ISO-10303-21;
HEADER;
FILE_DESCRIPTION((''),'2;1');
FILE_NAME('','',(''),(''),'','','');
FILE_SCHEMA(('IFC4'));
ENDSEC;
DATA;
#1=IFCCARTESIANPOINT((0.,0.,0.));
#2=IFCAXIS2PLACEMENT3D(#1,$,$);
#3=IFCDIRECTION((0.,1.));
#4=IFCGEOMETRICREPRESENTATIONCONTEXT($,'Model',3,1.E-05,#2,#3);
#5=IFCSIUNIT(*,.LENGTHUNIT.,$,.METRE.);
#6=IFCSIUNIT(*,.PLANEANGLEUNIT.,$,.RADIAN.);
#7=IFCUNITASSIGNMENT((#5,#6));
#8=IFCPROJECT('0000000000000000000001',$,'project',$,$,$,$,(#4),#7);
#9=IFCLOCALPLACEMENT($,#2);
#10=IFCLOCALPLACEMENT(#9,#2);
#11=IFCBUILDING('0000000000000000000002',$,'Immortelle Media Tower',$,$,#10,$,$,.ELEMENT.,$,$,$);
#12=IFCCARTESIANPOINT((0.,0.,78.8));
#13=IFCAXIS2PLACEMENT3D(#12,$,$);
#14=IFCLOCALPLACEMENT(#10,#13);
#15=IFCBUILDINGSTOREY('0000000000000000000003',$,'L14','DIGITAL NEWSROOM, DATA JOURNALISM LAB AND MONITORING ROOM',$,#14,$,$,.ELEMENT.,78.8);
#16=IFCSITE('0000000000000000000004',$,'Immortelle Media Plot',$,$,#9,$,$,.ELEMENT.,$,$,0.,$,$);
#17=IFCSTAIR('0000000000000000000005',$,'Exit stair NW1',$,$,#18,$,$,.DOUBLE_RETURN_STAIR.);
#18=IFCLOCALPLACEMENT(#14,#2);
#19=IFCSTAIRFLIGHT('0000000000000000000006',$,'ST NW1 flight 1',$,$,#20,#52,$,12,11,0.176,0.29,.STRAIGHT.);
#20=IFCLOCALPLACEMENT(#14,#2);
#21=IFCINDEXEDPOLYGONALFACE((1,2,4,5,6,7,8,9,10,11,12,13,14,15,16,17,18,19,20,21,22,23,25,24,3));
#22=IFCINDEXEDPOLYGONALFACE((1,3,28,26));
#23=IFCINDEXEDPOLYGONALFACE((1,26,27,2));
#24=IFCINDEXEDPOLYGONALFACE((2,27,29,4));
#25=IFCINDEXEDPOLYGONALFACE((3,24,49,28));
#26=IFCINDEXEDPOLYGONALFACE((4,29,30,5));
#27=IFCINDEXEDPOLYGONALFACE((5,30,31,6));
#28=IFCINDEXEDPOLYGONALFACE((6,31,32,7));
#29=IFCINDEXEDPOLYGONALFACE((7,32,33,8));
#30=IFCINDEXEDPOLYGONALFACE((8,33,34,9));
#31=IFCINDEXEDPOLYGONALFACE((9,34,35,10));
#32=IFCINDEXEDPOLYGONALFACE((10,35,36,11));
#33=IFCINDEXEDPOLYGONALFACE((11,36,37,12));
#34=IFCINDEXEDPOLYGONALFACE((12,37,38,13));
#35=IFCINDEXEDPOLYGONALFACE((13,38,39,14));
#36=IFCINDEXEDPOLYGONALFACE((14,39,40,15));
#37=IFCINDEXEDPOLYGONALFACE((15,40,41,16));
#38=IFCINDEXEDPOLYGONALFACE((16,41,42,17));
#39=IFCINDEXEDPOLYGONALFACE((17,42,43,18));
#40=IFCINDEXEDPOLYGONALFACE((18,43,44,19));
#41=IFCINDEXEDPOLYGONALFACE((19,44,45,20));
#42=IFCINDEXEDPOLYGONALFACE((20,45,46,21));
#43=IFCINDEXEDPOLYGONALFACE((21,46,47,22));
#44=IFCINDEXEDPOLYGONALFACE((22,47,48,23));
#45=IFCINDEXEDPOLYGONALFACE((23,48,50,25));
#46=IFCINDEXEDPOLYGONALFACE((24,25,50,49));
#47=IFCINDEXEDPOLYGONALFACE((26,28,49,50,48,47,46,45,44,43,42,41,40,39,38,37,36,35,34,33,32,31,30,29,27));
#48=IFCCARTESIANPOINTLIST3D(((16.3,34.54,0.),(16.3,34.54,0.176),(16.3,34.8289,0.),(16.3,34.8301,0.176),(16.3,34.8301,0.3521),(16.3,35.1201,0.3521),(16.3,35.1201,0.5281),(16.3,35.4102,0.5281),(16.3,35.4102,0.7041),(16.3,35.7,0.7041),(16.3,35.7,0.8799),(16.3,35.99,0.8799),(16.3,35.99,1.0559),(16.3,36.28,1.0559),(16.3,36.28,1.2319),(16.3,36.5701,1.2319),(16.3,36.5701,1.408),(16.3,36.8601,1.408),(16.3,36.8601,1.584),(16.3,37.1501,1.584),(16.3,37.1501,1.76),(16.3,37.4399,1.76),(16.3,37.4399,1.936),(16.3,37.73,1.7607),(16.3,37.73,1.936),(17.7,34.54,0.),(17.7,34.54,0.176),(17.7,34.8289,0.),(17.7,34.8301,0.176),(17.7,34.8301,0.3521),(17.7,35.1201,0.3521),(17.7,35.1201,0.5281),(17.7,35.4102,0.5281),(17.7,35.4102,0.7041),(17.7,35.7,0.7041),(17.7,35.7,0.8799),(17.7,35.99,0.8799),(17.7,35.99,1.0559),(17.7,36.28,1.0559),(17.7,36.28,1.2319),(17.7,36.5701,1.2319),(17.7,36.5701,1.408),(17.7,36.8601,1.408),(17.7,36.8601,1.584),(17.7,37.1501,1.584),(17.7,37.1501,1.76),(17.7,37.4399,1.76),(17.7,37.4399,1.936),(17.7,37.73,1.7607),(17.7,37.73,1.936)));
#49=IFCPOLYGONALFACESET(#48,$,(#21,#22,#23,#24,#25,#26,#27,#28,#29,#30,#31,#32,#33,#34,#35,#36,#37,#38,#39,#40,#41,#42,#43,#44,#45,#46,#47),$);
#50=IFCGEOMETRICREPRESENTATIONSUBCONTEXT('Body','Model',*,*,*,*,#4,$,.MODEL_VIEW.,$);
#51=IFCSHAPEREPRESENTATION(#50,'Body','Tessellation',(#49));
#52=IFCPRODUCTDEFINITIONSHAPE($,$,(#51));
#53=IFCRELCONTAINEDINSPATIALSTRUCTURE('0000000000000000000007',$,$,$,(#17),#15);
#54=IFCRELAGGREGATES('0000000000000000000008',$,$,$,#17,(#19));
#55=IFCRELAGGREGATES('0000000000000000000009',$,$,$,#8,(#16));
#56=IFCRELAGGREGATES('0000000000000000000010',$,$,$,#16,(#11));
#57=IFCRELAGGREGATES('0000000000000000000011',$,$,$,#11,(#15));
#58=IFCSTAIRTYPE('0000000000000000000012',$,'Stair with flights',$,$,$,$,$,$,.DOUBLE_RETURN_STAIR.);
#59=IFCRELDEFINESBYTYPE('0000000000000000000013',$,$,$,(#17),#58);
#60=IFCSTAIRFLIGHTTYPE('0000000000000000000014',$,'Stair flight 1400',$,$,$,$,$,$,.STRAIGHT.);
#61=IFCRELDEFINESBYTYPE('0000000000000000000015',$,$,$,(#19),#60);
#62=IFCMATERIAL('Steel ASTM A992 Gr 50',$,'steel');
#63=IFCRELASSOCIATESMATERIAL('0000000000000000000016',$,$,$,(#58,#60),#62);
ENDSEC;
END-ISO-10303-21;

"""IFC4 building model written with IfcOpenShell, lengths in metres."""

from ifc_helpers import new_model, si_unit, direction, frame, origin, place, context, subcontext, project, spatial, polyline, outline, extrude, material, type_object, element, aggregate, save


model = new_model("IFC4")

# Units and contexts
model_context = context("Model", 3, precision=1e-05, world=origin(), true_north=direction((0.0, 1.0)))
body_context = subcontext(model_context, "Body", "Model", "MODEL_VIEW")
ifc_project = project(units=[si_unit("LENGTHUNIT", "METRE"), si_unit("PLANEANGLEUNIT", "RADIAN")], contexts=[model_context])

# Site, building, storey
site_placement = place(None, origin())
site = spatial("IfcSite", under=ifc_project, at=site_placement, Name="Immortelle Media Plot", CompositionType="ELEMENT", RefElevation=0.0)
building_placement = place(site_placement, origin())
building = spatial("IfcBuilding", under=site, at=building_placement, Name="Immortelle Media Tower", CompositionType="ELEMENT")
storey_placement = place(building_placement, frame((0.0, 0.0, 78.8)))
storey = spatial("IfcBuildingStorey", under=building, at=storey_placement, Name="L14", Description="DIGITAL NEWSROOM, DATA JOURNALISM LAB AND MONITORING ROOM", CompositionType="ELEMENT", Elevation=78.8)

# Shared definitions
ifc_material_1 = material(Name="Steel ASTM A992 Gr 50", Category="steel")

# Stair, stair flight
stair_type = type_object("IfcStairType", Name="Stair with flights", PredefinedType="DOUBLE_RETURN_STAIR", material=ifc_material_1)
stair_placement = place(storey_placement, origin())
stair = element("IfcStair", 1, at=stair_placement, inside=storey, type_object=stair_type, Name="Exit stair NW1", PredefinedType="DOUBLE_RETURN_STAIR")
stair_flight_type = type_object("IfcStairFlightType", Name="Stair flight 1400", PredefinedType="STRAIGHT", material=ifc_material_1)
stair_flight_placement = place(storey_placement, frame((17.0, 34.54, 0.0), z_axis=(0.0, 0.0, 1.0), x_axis=(0.0, 1.0, 0.0)))
stair_flight = element("IfcStairFlight", 2, at=stair_flight_placement, type_object=stair_flight_type, Name="ST NW1 flight 1", NumberOfRisers=12, NumberOfTreads=11, PredefinedType="STRAIGHT", RiserHeight=0.176, TreadLength=0.29, context=body_context, shape_type="SweptSolid", body=[
    extrude(outline(polyline([(0.0, 0.0), (0.0, 0.176), (0.29, 0.176), (0.29, 0.3521), (0.5801, 0.3521), (0.5801, 0.5281), (0.8701, 0.5281), (0.8701, 0.7041), (1.1599, 0.7041), (1.1599, 0.8799), (1.45, 0.8799), (1.45, 1.0559), (1.74, 1.0559), (1.74, 1.2319), (2.03, 1.2319), (2.03, 1.408), (2.3201, 1.408), (2.3201, 1.584), (2.6101, 1.584), (2.6101, 1.76), (2.8999, 1.76), (2.8999, 1.936), (3.1899, 1.936), (3.1899, 2.1121), (3.1899, 1.7607), (0.2888, 0.0), (0.0, 0.0)])), frame((0.0, 0.7, 0.0), z_axis=(0.0, -1.0, 0.0), x_axis=(1.0, 0.0, 0.0)), (0.0, 0.0, 1.0), 1.3999),
])
aggregate(stair, [stair_flight])

save(model, "model.ifc")
